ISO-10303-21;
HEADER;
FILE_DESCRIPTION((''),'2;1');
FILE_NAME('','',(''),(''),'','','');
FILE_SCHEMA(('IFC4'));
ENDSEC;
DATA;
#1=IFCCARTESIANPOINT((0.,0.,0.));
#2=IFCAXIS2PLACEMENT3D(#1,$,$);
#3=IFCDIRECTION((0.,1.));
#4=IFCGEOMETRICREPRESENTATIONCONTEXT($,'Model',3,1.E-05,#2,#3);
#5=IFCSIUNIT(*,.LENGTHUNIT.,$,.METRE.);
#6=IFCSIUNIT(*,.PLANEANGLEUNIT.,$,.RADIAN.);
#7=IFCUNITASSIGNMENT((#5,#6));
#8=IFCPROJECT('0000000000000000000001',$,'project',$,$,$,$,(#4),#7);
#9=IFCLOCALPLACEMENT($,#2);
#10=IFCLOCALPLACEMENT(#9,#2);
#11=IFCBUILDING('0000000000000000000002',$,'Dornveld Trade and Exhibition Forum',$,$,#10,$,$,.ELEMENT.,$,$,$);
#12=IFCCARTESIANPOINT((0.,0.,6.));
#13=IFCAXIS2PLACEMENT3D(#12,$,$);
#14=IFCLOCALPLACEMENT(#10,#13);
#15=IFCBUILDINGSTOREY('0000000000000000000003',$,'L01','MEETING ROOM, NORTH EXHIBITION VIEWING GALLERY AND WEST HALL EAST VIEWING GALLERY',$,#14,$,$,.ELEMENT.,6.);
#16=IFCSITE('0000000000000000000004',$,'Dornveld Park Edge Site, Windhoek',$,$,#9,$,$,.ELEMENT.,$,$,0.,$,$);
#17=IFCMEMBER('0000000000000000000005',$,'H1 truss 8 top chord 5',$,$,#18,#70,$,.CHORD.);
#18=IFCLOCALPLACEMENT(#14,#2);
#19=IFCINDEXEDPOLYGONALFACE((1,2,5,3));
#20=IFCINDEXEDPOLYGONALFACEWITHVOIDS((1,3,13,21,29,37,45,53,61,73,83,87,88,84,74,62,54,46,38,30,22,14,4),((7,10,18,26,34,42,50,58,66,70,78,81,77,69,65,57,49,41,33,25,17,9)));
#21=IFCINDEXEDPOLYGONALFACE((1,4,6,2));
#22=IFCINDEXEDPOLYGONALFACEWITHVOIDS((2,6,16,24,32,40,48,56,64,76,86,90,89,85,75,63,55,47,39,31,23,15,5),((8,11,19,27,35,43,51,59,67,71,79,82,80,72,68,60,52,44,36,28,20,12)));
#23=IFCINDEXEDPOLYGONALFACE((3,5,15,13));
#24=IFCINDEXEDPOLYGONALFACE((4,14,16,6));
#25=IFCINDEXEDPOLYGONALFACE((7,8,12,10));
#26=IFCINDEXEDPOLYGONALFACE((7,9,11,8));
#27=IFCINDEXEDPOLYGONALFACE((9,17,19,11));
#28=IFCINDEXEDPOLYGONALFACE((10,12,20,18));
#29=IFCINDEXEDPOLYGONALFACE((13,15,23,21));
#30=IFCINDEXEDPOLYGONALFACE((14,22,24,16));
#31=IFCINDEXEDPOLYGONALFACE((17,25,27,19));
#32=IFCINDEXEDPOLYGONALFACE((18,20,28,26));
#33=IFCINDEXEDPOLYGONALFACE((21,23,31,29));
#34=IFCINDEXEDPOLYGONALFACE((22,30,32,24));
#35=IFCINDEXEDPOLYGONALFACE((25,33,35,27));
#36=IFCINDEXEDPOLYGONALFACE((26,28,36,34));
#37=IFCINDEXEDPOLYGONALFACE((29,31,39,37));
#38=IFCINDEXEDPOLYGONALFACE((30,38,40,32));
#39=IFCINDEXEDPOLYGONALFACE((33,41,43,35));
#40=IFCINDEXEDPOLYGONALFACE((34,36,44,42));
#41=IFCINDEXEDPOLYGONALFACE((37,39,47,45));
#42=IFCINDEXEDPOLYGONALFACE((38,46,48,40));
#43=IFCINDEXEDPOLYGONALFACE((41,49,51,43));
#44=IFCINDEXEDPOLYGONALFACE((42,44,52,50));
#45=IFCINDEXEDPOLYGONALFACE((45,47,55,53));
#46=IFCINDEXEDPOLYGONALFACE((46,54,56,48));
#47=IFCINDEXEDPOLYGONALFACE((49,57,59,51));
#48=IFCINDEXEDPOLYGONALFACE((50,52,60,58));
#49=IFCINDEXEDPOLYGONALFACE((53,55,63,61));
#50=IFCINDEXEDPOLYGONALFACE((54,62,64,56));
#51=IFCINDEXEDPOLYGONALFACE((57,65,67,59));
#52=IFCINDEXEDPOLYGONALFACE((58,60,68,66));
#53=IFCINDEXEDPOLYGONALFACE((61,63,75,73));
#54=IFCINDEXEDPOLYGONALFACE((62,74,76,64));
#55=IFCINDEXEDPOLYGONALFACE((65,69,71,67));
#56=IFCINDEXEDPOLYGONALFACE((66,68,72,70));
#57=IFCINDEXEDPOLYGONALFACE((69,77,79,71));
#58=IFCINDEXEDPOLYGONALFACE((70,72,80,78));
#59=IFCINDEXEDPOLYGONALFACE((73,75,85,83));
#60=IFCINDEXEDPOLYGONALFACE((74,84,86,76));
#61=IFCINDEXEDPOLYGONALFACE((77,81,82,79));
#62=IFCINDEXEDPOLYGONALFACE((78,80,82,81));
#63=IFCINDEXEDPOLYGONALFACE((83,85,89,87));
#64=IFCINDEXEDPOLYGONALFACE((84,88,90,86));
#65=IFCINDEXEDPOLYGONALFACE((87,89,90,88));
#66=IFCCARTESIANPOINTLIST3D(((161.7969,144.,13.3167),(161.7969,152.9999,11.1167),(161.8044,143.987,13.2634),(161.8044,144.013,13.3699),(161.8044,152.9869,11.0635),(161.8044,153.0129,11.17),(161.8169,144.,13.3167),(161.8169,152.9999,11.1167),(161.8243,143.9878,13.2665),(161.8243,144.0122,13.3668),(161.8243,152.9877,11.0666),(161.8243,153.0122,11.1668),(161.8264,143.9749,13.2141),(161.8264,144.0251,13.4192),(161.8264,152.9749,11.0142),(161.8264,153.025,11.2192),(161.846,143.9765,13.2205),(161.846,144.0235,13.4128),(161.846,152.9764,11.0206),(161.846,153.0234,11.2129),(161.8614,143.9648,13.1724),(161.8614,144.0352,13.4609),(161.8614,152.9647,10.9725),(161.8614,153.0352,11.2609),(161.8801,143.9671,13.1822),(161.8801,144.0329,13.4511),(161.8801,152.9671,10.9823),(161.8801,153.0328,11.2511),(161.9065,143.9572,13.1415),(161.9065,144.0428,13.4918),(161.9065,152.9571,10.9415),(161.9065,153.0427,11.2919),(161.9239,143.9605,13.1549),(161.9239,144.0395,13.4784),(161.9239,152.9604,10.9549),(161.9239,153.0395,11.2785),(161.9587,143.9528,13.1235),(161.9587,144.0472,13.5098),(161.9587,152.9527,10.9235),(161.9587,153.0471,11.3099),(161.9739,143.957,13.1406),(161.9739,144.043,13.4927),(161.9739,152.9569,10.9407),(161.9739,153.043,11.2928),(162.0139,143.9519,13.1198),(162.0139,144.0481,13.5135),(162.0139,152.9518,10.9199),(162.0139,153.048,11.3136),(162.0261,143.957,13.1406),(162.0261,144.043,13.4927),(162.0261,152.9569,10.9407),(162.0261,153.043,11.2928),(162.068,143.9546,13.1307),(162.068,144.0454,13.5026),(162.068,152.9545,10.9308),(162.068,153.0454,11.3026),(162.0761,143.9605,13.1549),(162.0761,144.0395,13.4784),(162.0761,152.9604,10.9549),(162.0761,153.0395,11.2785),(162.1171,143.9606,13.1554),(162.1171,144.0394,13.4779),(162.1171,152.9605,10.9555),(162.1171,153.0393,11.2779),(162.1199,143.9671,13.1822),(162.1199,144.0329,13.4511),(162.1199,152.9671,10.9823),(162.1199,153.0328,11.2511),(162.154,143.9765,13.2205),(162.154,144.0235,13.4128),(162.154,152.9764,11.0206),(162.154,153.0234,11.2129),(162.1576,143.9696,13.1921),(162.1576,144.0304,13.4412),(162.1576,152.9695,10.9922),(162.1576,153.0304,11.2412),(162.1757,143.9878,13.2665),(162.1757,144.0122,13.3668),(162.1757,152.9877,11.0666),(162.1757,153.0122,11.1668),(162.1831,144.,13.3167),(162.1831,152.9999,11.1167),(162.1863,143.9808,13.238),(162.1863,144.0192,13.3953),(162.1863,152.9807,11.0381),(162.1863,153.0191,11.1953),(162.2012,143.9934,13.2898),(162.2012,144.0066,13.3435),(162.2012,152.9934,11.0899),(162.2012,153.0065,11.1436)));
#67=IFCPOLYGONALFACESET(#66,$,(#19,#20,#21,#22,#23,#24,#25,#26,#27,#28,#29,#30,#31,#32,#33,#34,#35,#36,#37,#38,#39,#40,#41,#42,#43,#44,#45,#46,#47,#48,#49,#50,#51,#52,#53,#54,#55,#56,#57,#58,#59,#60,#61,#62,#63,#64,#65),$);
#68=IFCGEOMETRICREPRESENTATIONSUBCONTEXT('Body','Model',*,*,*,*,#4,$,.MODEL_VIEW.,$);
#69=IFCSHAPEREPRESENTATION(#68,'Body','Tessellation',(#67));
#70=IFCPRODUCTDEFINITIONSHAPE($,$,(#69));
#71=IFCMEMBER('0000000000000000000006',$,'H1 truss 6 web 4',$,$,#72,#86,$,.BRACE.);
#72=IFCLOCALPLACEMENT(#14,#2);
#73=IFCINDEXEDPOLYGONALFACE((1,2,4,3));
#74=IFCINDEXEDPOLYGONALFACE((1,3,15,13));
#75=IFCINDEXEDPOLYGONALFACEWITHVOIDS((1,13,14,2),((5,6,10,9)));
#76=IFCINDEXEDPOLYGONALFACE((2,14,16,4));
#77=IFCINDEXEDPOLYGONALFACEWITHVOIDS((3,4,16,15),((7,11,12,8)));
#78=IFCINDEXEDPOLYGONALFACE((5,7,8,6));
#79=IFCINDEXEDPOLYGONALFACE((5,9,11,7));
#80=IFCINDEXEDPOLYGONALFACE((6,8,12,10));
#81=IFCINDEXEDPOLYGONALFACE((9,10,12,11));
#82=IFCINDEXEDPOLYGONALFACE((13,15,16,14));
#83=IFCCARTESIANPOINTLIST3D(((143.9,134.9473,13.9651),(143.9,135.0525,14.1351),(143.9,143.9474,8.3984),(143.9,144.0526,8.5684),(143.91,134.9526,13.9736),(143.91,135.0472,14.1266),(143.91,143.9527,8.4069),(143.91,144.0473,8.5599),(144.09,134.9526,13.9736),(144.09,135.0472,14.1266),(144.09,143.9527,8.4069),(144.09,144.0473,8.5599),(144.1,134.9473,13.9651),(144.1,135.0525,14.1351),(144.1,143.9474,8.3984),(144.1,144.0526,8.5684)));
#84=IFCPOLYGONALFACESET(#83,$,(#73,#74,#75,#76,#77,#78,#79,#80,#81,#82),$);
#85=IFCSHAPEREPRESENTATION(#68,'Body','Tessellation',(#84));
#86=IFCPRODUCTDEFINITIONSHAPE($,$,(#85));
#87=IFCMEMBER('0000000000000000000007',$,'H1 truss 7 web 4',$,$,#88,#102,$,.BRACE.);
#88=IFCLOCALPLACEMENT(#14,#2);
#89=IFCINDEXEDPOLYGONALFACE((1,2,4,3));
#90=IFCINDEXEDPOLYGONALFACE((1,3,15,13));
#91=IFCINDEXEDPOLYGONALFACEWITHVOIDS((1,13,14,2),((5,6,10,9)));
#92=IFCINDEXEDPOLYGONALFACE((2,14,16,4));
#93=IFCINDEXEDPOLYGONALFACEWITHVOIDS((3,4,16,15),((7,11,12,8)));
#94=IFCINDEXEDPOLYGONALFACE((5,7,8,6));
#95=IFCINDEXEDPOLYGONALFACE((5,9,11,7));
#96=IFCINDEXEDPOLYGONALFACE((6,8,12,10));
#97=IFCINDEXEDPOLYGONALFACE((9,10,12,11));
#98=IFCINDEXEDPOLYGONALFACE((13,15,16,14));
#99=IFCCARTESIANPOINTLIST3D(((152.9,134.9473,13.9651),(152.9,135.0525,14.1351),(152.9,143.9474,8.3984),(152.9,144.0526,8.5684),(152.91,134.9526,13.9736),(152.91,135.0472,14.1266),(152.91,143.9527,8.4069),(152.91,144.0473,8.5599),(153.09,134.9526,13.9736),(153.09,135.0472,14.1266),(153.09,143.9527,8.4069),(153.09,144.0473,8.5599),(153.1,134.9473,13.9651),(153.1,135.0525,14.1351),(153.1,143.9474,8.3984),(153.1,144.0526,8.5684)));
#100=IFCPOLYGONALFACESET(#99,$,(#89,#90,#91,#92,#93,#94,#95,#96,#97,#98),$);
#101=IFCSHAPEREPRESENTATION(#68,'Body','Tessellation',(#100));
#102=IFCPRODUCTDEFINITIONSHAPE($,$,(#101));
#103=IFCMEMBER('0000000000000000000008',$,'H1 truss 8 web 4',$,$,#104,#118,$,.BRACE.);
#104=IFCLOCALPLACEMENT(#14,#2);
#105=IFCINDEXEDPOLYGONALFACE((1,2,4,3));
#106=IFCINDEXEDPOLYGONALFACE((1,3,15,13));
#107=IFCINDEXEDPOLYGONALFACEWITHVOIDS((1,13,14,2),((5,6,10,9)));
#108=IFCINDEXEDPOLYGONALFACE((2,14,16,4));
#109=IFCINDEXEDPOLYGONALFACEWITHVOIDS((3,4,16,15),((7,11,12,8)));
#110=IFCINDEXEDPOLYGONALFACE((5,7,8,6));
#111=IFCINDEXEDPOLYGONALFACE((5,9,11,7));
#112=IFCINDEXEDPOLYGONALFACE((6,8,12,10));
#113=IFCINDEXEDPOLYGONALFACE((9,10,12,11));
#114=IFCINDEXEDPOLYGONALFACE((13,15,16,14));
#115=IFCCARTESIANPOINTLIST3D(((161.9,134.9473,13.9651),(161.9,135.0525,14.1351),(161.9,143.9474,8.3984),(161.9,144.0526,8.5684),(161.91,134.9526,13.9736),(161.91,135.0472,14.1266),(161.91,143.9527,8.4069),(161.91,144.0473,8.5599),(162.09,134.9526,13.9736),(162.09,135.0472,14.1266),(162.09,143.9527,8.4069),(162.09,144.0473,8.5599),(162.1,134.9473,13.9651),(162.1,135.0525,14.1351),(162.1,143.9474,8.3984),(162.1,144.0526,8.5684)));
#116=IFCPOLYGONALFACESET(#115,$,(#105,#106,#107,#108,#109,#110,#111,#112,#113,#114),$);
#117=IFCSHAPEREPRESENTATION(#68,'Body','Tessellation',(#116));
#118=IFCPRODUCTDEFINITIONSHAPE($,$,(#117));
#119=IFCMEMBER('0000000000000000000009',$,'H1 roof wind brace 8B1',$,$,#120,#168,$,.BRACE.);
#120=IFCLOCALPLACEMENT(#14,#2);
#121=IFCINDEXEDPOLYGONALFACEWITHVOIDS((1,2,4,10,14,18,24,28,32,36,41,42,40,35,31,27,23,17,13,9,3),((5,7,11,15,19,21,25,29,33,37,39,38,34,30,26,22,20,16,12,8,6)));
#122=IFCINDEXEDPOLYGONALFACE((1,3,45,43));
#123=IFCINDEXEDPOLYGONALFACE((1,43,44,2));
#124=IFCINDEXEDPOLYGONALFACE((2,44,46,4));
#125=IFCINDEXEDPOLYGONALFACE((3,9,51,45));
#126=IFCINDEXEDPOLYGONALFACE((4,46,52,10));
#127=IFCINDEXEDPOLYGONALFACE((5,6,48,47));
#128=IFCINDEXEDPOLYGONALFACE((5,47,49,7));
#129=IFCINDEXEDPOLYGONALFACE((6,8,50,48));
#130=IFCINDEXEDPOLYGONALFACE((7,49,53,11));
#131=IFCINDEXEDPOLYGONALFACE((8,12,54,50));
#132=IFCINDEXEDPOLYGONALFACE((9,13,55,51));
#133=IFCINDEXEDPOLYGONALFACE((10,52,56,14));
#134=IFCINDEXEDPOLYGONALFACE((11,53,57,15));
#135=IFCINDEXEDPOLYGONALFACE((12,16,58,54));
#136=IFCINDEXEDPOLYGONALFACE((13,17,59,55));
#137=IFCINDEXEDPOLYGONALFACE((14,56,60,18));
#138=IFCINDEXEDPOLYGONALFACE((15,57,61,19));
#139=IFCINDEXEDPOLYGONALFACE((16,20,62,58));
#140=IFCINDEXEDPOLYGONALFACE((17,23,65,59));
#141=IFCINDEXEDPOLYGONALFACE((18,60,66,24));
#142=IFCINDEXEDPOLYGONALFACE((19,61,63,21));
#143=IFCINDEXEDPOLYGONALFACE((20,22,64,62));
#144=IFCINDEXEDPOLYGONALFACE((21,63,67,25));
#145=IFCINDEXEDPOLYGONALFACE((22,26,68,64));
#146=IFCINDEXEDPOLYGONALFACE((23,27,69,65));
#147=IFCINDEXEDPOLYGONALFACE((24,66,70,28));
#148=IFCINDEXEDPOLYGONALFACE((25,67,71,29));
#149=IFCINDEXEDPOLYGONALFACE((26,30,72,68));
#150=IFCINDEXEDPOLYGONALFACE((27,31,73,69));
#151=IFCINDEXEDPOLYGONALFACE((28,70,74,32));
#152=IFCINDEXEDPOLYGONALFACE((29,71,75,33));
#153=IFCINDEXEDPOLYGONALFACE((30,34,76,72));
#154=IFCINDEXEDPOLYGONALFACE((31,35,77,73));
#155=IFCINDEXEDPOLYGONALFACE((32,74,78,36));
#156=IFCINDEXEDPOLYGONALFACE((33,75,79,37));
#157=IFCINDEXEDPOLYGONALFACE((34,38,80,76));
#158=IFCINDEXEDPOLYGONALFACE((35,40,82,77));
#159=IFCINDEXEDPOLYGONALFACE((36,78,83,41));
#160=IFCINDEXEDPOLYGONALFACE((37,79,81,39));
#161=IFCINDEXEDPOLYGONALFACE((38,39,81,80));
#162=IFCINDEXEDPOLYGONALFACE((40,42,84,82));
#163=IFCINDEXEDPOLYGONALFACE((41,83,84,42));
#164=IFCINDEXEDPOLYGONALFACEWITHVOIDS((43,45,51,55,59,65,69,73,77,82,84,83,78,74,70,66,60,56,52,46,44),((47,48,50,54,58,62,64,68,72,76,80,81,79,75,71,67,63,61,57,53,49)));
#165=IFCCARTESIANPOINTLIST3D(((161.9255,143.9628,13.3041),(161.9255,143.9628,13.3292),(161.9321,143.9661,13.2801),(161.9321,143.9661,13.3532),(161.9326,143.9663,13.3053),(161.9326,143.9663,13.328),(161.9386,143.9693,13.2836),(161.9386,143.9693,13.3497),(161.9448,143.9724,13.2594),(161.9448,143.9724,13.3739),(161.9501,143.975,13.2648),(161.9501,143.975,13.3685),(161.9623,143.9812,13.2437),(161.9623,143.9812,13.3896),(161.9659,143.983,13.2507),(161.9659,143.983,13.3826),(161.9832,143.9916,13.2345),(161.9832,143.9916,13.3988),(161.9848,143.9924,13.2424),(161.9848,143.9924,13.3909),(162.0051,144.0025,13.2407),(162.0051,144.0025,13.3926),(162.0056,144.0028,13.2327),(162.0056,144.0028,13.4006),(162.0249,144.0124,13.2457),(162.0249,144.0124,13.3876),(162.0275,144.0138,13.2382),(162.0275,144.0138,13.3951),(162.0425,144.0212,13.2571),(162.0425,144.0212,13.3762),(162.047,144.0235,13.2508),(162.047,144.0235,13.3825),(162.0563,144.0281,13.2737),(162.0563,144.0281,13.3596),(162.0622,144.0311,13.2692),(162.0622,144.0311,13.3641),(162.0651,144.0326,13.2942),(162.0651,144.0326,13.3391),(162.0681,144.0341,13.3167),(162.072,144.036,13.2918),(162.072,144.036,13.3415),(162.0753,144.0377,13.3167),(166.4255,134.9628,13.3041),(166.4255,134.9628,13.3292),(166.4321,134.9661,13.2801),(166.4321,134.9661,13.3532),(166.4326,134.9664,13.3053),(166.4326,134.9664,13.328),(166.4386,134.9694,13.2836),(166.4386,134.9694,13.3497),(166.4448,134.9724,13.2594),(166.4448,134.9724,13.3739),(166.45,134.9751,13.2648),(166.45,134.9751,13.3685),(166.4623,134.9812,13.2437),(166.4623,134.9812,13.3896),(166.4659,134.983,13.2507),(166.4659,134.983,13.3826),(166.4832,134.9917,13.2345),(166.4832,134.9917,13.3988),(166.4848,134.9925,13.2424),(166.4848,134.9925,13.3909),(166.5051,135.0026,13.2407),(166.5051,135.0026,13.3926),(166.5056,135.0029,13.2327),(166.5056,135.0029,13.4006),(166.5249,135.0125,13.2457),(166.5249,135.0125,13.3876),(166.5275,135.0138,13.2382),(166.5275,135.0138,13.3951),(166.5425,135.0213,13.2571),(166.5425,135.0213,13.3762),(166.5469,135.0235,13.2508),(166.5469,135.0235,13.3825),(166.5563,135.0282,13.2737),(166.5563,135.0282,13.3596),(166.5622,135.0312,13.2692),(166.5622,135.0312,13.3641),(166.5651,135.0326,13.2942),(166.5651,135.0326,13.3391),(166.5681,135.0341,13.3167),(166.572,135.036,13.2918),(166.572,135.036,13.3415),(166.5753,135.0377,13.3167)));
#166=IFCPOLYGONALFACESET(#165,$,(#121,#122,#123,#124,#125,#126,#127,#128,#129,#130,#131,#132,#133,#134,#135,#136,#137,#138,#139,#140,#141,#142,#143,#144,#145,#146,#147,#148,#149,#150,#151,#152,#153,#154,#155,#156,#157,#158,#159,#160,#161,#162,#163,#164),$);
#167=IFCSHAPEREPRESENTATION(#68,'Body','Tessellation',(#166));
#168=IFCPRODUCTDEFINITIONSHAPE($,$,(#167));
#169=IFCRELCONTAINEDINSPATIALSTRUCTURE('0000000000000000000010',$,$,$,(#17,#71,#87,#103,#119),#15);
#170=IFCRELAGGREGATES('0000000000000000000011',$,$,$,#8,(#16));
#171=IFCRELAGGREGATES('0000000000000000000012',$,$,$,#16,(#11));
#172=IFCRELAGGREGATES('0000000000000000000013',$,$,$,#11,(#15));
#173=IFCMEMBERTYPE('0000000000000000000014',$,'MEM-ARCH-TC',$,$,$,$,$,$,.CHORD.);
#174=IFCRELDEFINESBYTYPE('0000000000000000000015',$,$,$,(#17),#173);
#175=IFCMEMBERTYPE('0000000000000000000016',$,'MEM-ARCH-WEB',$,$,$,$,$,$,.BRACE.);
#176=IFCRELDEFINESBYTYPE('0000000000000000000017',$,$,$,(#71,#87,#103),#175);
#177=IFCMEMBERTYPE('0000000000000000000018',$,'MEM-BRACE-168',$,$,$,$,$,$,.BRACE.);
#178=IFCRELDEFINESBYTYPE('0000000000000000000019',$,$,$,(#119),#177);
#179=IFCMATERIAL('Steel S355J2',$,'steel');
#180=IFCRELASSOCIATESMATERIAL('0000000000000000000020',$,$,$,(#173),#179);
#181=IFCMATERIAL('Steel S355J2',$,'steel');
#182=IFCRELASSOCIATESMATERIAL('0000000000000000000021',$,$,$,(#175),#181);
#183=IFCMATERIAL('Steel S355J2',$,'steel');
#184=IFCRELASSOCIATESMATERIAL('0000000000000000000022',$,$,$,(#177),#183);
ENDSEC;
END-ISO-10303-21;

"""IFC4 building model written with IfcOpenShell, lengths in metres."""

from ifc_helpers import new_model, si_unit, direction, frame, origin, origin_2d, place, context, subcontext, project, spatial, hollow_rectangle, hollow_circle, extrude, material, material_profile, profile_set, type_object, element, save


model = new_model("IFC4")

# Units and contexts
model_context = context("Model", 3, precision=1e-05, world=origin(), true_north=direction((0.0, 1.0)))
body_context = subcontext(model_context, "Body", "Model", "MODEL_VIEW")
ifc_project = project(units=[si_unit("LENGTHUNIT", "METRE"), si_unit("PLANEANGLEUNIT", "RADIAN")], contexts=[model_context])

# Site, building, storey
site_placement = place(None, origin())
site = spatial("IfcSite", under=ifc_project, at=site_placement, Name="Dornveld Park Edge Site, Windhoek", CompositionType="ELEMENT", RefElevation=0.0)
building_placement = place(site_placement, origin())
building = spatial("IfcBuilding", under=site, at=building_placement, Name="Dornveld Trade and Exhibition Forum", CompositionType="ELEMENT")
storey_placement = place(building_placement, frame((0.0, 0.0, 6.0)))
storey = spatial("IfcBuildingStorey", under=building, at=storey_placement, Name="L01", Description="MEETING ROOM, NORTH EXHIBITION VIEWING GALLERY AND WEST HALL EAST VIEWING GALLERY", CompositionType="ELEMENT", Elevation=6.0)

# Members
ifc_material_1 = material(Name="Steel S355J2", Category="steel")
ifc_material_profile_1 = material_profile(ifc_material_1, hollow_circle(Radius=0.2031, WallThickness=0.02, at=origin_2d()), Name="CHS 406.4x20")
ifc_profile_set_1 = profile_set([ifc_material_profile_1], Name="Steel S355J2")
member_type_1 = type_object("IfcMemberType", Name="MEM-ARCH-TC", PredefinedType="CHORD", material=ifc_profile_set_1)
member_1_placement = place(storey_placement, frame((162.0, 144.0, 13.3167), z_axis=(0.0, 0.9714, -0.237448), x_axis=(-1.0, 0.0, 0.0)))
element("IfcMember", 1, at=member_1_placement, inside=storey, type_object=member_type_1, Name="H1 truss 8 top chord 5", PredefinedType="CHORD", context=body_context, shape_type="SweptSolid", body=[
    extrude(hollow_circle(Radius=0.2031, WallThickness=0.02, at=origin_2d()), origin(), (0.0, 0.0, 1.0), 9.2649),
])
ifc_material_2 = material(Name="Steel S355J2", Category="steel")
ifc_material_profile_2 = material_profile(ifc_material_2, hollow_rectangle(XDim=0.2, YDim=0.2, WallThickness=0.01, at=origin_2d()), Name="SHS 200x200x10")
ifc_profile_set_2 = profile_set([ifc_material_profile_2], Name="Steel S355J2")
member_type_2 = type_object("IfcMemberType", Name="MEM-ARCH-WEB", PredefinedType="BRACE", material=ifc_profile_set_2)
for number, where, z_axis, x_axis, name in (
    (2, (144.0, 144.0, 8.4834), (0.0, -0.850467, 0.526028), (1.0, 0.0, 0.0), "H1 truss 6 web 4"),
    (3, (153.0, 144.0, 8.4834), (0.0, -0.850467, 0.526028), (1.0, 0.0, 0.0), "H1 truss 7 web 4"),
    (4, (162.0, 144.0, 8.4834), (0.0, -0.850467, 0.526028), (1.0, 0.0, 0.0), "H1 truss 8 web 4"),
):
    element("IfcMember", number, at=place(storey_placement, frame(where, z_axis=z_axis, x_axis=x_axis)), inside=storey, type_object=member_type_2, Name=name, PredefinedType="BRACE", context=body_context, shape_type="SweptSolid", body=[
        extrude(hollow_rectangle(XDim=0.2, YDim=0.2, WallThickness=0.01, at=origin_2d()), origin(), (0.0, 0.0, 1.0), 10.5825),
    ])
ifc_material_3 = material(Name="Steel S355J2", Category="steel")
ifc_material_profile_3 = material_profile(ifc_material_3, hollow_circle(Radius=0.0842, WallThickness=0.0081, at=origin_2d()), Name="CHS 168.3x8")
ifc_profile_set_3 = profile_set([ifc_material_profile_3], Name="Steel S355J2")
member_type_3 = type_object("IfcMemberType", Name="MEM-BRACE-168", PredefinedType="BRACE", material=ifc_profile_set_3)
for number, where, z_axis, x_axis, name in (
    (5, (162.0, 144.0, 13.3167), (0.447214, -0.894427, 0.0), (0.894427, 0.447214, 0.0), "H1 roof wind brace 8B1"),
):
    element("IfcMember", number, at=place(storey_placement, frame(where, z_axis=z_axis, x_axis=x_axis)), inside=storey, type_object=member_type_3, Name=name, PredefinedType="BRACE", context=body_context, shape_type="SweptSolid", body=[
        extrude(hollow_circle(Radius=0.0842, WallThickness=0.0081, at=origin_2d()), origin(), (0.0, 0.0, 1.0), 10.0623),
    ])

save(model, "model.ifc")
